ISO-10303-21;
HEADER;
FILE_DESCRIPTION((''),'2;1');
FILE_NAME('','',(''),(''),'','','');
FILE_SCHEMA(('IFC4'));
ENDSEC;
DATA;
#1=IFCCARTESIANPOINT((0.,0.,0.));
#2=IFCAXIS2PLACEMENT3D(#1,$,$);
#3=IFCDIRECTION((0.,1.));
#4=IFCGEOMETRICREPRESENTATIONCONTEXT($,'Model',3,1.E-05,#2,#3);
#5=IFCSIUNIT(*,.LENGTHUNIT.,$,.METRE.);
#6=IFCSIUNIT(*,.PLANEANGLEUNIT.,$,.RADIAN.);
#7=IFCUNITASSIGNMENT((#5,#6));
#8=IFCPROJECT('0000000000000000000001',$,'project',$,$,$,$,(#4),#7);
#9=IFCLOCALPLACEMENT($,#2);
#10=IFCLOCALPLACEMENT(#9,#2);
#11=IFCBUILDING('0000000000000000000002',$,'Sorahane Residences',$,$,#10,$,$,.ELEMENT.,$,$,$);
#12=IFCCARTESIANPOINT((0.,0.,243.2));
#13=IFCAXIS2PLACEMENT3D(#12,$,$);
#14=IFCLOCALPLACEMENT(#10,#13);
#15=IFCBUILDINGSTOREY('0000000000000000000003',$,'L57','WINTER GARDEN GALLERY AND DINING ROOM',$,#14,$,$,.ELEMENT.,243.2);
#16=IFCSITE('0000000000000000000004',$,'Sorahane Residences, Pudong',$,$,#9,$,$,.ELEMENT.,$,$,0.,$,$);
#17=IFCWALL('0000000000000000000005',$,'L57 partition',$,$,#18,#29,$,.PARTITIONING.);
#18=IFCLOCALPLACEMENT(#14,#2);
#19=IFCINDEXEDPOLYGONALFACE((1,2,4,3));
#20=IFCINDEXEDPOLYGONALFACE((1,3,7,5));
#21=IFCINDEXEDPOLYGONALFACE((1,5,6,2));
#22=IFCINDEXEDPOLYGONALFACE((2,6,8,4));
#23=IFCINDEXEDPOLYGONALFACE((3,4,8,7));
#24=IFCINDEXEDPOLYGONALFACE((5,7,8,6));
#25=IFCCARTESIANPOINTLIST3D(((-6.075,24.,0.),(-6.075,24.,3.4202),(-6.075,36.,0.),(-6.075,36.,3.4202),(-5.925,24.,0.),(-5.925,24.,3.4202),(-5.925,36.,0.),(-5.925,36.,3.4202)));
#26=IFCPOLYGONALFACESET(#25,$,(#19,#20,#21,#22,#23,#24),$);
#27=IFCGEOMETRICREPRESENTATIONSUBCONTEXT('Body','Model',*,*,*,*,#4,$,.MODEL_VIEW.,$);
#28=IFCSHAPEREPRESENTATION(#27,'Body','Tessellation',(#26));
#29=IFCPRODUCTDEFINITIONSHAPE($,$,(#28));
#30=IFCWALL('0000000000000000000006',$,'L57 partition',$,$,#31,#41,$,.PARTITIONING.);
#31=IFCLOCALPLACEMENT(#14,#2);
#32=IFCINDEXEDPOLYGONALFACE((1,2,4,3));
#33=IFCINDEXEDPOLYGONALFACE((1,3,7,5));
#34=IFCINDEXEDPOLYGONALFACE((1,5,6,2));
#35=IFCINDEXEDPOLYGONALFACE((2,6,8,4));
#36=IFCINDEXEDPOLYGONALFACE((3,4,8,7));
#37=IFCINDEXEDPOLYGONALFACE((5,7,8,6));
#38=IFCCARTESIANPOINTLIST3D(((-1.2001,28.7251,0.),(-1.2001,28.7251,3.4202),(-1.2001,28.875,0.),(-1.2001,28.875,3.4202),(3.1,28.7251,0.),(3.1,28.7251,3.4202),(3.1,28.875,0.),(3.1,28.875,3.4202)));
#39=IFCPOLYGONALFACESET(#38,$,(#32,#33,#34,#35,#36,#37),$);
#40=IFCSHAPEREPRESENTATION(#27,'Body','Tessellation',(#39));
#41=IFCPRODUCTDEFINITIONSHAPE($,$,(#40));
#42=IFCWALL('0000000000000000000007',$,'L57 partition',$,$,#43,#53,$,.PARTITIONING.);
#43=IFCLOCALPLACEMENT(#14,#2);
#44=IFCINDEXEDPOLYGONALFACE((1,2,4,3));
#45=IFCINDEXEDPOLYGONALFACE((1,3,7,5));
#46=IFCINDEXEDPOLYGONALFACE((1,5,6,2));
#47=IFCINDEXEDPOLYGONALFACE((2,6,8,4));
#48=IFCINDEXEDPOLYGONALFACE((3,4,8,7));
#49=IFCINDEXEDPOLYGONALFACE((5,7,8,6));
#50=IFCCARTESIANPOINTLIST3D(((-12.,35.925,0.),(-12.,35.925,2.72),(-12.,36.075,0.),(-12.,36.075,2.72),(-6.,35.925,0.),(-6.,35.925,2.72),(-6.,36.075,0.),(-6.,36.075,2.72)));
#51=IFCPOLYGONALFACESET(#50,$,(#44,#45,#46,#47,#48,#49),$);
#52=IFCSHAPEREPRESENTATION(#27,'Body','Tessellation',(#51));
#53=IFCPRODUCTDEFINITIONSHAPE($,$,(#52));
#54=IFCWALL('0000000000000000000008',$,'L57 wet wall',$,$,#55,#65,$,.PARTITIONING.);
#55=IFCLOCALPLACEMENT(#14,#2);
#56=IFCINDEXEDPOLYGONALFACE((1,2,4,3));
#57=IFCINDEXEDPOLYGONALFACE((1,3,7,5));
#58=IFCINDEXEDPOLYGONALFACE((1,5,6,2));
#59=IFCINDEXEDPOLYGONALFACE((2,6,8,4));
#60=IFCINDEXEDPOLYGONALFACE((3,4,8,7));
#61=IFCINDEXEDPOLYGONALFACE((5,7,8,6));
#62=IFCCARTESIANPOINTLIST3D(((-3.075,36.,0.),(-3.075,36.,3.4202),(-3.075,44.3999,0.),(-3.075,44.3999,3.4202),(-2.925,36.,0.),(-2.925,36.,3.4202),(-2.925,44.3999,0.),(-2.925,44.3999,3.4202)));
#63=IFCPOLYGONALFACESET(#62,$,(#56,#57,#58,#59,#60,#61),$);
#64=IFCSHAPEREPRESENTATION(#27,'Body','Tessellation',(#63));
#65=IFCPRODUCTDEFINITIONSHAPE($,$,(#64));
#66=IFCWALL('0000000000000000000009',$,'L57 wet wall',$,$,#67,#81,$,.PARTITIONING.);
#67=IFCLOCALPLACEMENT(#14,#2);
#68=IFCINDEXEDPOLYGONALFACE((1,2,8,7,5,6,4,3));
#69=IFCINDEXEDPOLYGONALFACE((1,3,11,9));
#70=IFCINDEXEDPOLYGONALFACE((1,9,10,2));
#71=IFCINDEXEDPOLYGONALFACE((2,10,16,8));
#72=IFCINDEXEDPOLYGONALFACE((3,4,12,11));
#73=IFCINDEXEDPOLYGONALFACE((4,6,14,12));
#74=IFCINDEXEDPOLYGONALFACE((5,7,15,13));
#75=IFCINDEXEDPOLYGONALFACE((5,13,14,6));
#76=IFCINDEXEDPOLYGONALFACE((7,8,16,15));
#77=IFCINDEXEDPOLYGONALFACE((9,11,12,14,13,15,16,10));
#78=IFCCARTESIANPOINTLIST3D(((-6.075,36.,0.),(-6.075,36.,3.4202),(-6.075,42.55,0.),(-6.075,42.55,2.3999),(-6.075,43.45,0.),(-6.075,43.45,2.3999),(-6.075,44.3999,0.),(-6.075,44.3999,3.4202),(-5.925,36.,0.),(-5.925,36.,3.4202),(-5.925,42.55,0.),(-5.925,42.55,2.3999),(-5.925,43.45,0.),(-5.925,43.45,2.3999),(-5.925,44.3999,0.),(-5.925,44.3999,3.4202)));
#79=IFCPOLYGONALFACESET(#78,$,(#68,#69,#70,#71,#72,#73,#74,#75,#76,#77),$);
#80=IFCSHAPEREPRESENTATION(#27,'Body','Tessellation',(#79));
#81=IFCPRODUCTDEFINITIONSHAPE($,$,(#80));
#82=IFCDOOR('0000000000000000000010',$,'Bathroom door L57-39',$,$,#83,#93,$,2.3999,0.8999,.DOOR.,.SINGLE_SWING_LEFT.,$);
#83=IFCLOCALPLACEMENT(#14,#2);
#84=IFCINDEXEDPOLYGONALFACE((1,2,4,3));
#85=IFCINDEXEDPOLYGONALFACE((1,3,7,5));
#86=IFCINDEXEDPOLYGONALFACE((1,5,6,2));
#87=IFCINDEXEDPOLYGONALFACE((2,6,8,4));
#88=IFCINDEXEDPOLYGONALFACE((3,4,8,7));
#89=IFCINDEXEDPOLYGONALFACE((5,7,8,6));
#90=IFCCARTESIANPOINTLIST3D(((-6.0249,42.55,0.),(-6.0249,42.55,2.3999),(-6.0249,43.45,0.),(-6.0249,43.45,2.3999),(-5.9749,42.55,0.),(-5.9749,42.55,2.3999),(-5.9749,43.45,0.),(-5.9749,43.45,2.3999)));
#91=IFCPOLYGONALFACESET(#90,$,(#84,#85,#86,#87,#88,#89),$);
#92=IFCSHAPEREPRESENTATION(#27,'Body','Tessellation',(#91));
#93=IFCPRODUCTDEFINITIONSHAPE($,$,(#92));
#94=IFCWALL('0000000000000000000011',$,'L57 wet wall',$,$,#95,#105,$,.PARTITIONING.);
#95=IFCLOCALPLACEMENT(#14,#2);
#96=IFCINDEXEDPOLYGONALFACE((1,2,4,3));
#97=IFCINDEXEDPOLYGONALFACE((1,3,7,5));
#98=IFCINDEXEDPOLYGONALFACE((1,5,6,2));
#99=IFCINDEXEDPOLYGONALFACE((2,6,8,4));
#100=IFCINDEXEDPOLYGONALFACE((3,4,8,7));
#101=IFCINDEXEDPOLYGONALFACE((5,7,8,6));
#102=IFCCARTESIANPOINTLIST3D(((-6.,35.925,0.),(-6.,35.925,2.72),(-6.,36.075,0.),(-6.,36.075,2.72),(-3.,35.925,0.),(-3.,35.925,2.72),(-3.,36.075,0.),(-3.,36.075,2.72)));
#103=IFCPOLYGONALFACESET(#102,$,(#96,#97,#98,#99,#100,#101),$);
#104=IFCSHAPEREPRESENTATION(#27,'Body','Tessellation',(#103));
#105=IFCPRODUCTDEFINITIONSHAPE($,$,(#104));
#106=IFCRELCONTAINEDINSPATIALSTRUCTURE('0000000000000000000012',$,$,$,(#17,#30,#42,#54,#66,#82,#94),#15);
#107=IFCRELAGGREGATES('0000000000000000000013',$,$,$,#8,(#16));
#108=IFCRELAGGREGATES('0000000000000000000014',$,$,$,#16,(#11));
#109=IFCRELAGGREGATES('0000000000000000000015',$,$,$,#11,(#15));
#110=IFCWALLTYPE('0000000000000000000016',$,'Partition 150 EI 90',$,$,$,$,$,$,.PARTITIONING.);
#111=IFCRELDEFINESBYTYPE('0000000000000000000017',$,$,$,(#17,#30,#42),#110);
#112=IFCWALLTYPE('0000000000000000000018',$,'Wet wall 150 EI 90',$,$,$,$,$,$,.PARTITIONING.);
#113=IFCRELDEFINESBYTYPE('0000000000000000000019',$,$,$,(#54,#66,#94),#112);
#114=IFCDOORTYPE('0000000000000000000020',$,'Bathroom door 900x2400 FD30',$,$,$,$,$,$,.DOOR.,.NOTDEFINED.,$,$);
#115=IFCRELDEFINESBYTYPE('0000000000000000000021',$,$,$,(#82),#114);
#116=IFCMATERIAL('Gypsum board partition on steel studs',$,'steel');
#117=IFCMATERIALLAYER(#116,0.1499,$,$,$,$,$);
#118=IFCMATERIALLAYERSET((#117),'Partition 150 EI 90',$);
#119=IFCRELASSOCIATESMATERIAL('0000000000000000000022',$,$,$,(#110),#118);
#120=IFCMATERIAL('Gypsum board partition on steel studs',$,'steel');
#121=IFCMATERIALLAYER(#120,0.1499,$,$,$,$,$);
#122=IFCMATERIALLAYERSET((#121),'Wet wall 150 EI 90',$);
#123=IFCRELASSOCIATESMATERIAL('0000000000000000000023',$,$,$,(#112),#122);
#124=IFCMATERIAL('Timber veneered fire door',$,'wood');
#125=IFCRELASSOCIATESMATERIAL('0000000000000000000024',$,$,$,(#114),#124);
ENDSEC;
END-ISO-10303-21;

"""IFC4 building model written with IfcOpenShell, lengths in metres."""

from ifc_helpers import new_model, si_unit, direction, frame, frame_2d, origin, place, context, subcontext, project, spatial, rectangle, extrude, material, layer, layer_set, type_object, element, fill, save


model = new_model("IFC4")

# Units and contexts
model_context = context("Model", 3, precision=1e-05, world=origin(), true_north=direction((0.0, 1.0)))
body_context = subcontext(model_context, "Body", "Model", "MODEL_VIEW")
ifc_project = project(units=[si_unit("LENGTHUNIT", "METRE"), si_unit("PLANEANGLEUNIT", "RADIAN")], contexts=[model_context])

# Site, building, storey
site_placement = place(None, origin())
site = spatial("IfcSite", under=ifc_project, at=site_placement, Name="Sorahane Residences, Pudong", CompositionType="ELEMENT", RefElevation=0.0)
building_placement = place(site_placement, origin())
building = spatial("IfcBuilding", under=site, at=building_placement, Name="Sorahane Residences", CompositionType="ELEMENT")
storey_placement = place(building_placement, frame((0.0, 0.0, 243.2)))
storey = spatial("IfcBuildingStorey", under=building, at=storey_placement, Name="L57", Description="WINTER GARDEN GALLERY AND DINING ROOM", CompositionType="ELEMENT", Elevation=243.2)

# Wall
ifc_material_1 = material(Name="Gypsum board partition on steel studs", Category="steel")
ifc_layer_1 = layer(ifc_material_1, 0.1499)
ifc_layer_set_1 = layer_set([ifc_layer_1], Name="Partition 150 EI 90")
wall_type_1 = type_object("IfcWallType", Name="Partition 150 EI 90", PredefinedType="PARTITIONING", material=ifc_layer_set_1)
wall_1_placement = place(storey_placement, frame((-6.0, 24.0, 0.0), z_axis=(0.0, 0.0, 1.0), x_axis=(0.0, 1.0, 0.0)))
element("IfcWall", 1, at=wall_1_placement, inside=storey, type_object=wall_type_1, Name="L57 partition", PredefinedType="PARTITIONING", context=body_context, shape_type="SweptSolid", body=[
    extrude(rectangle(XDim=12.0, YDim=0.1499, at=frame_2d((6.0, 0.0))), origin(), (0.0, 0.0, 1.0), 3.4202),
])

# Walls
wall_2_placement = place(storey_placement, frame((-1.2, 28.8, 0.0), z_axis=(0.0, 0.0, 1.0), x_axis=(1.0, 0.0, 0.0)))
element("IfcWall", 2, at=wall_2_placement, inside=storey, type_object=wall_type_1, Name="L57 partition", PredefinedType="PARTITIONING", context=body_context, shape_type="SweptSolid", body=[
    extrude(rectangle(XDim=4.3, YDim=0.1499, at=frame_2d((2.1499, 0.0))), origin(), (0.0, 0.0, 1.0), 3.4202),
])
wall_3_placement = place(storey_placement, frame((-12.0, 36.0, 0.0), z_axis=(0.0, 0.0, 1.0), x_axis=(1.0, 0.0, 0.0)))
element("IfcWall", 3, at=wall_3_placement, inside=storey, type_object=wall_type_1, Name="L57 partition", PredefinedType="PARTITIONING", context=body_context, shape_type="SweptSolid", body=[
    extrude(rectangle(XDim=6.0, YDim=0.1499, at=frame_2d((3.0, 0.0))), origin(), (0.0, 0.0, 1.0), 2.72),
])
ifc_material_2 = material(Name="Gypsum board partition on steel studs", Category="steel")
ifc_layer_2 = layer(ifc_material_2, 0.1499)
ifc_layer_set_2 = layer_set([ifc_layer_2], Name="Wet wall 150 EI 90")
wall_type_2 = type_object("IfcWallType", Name="Wet wall 150 EI 90", PredefinedType="PARTITIONING", material=ifc_layer_set_2)
wall_4_placement = place(storey_placement, frame((-3.0, 36.0, 0.0), z_axis=(0.0, 0.0, 1.0), x_axis=(0.0, 1.0, 0.0)))
element("IfcWall", 4, at=wall_4_placement, inside=storey, type_object=wall_type_2, Name="L57 wet wall", PredefinedType="PARTITIONING", context=body_context, shape_type="SweptSolid", body=[
    extrude(rectangle(XDim=8.3999, YDim=0.1499, at=frame_2d((4.2, 0.0))), origin(), (0.0, 0.0, 1.0), 3.4202),
])

# Wall, opening, door
wall_5_placement = place(storey_placement, frame((-6.0, 36.0, 0.0), z_axis=(0.0, 0.0, 1.0), x_axis=(0.0, 1.0, 0.0)))
wall_5 = element("IfcWall", 5, at=wall_5_placement, inside=storey, type_object=wall_type_2, Name="L57 wet wall", PredefinedType="PARTITIONING", context=body_context, shape_type="SweptSolid", body=[
    extrude(rectangle(XDim=8.3999, YDim=0.1499, at=frame_2d((4.2, 0.0))), origin(), (0.0, 0.0, 1.0), 3.4202),
])
opening_1_placement = place(wall_5_placement, frame((6.55, 0.0, 0.0)))
opening_1 = element("IfcOpeningElement", 6, at=opening_1_placement, cuts=wall_5, PredefinedType="OPENING", context=body_context, shape_type="SweptSolid", body=[
    extrude(rectangle(XDim=0.8999, YDim=2.3999, at=frame_2d((0.45, 1.2))), frame((0.0, 0.085, 0.0), z_axis=(0.0, -1.0, 0.0), x_axis=(1.0, 0.0, 0.0)), (0.0, 0.0, 1.0), 0.1699),
])
ifc_material_3 = material(Name="Timber veneered fire door", Category="wood")
door_type_1 = type_object("IfcDoorType", Name="Bathroom door 900x2400 FD30", OperationType="NOTDEFINED", PredefinedType="DOOR", material=ifc_material_3)
door_1_placement = place(opening_1_placement, origin())
door_1 = element("IfcDoor", 7, at=door_1_placement, inside=storey, type_object=door_type_1, Name="Bathroom door L57-39", OperationType="SINGLE_SWING_LEFT", OverallHeight=2.3999, OverallWidth=0.8999, PredefinedType="DOOR", context=body_context, shape_type="SweptSolid", body=[
    extrude(rectangle(XDim=0.8999, YDim=2.3999, at=frame_2d((0.45, 1.2))), frame((0.0, 0.0249, 0.0), z_axis=(0.0, -1.0, 0.0), x_axis=(1.0, 0.0, 0.0)), (0.0, 0.0, 1.0), 0.05),
])
fill(opening_1, door_1)

# Wall
wall_6_placement = place(storey_placement, frame((-6.0, 36.0, 0.0), z_axis=(0.0, 0.0, 1.0), x_axis=(1.0, 0.0, 0.0)))
element("IfcWall", 8, at=wall_6_placement, inside=storey, type_object=wall_type_2, Name="L57 wet wall", PredefinedType="PARTITIONING", context=body_context, shape_type="SweptSolid", body=[
    extrude(rectangle(XDim=3.0, YDim=0.1499, at=frame_2d((1.5, 0.0))), origin(), (0.0, 0.0, 1.0), 2.72),
])

save(model, "model.ifc")
